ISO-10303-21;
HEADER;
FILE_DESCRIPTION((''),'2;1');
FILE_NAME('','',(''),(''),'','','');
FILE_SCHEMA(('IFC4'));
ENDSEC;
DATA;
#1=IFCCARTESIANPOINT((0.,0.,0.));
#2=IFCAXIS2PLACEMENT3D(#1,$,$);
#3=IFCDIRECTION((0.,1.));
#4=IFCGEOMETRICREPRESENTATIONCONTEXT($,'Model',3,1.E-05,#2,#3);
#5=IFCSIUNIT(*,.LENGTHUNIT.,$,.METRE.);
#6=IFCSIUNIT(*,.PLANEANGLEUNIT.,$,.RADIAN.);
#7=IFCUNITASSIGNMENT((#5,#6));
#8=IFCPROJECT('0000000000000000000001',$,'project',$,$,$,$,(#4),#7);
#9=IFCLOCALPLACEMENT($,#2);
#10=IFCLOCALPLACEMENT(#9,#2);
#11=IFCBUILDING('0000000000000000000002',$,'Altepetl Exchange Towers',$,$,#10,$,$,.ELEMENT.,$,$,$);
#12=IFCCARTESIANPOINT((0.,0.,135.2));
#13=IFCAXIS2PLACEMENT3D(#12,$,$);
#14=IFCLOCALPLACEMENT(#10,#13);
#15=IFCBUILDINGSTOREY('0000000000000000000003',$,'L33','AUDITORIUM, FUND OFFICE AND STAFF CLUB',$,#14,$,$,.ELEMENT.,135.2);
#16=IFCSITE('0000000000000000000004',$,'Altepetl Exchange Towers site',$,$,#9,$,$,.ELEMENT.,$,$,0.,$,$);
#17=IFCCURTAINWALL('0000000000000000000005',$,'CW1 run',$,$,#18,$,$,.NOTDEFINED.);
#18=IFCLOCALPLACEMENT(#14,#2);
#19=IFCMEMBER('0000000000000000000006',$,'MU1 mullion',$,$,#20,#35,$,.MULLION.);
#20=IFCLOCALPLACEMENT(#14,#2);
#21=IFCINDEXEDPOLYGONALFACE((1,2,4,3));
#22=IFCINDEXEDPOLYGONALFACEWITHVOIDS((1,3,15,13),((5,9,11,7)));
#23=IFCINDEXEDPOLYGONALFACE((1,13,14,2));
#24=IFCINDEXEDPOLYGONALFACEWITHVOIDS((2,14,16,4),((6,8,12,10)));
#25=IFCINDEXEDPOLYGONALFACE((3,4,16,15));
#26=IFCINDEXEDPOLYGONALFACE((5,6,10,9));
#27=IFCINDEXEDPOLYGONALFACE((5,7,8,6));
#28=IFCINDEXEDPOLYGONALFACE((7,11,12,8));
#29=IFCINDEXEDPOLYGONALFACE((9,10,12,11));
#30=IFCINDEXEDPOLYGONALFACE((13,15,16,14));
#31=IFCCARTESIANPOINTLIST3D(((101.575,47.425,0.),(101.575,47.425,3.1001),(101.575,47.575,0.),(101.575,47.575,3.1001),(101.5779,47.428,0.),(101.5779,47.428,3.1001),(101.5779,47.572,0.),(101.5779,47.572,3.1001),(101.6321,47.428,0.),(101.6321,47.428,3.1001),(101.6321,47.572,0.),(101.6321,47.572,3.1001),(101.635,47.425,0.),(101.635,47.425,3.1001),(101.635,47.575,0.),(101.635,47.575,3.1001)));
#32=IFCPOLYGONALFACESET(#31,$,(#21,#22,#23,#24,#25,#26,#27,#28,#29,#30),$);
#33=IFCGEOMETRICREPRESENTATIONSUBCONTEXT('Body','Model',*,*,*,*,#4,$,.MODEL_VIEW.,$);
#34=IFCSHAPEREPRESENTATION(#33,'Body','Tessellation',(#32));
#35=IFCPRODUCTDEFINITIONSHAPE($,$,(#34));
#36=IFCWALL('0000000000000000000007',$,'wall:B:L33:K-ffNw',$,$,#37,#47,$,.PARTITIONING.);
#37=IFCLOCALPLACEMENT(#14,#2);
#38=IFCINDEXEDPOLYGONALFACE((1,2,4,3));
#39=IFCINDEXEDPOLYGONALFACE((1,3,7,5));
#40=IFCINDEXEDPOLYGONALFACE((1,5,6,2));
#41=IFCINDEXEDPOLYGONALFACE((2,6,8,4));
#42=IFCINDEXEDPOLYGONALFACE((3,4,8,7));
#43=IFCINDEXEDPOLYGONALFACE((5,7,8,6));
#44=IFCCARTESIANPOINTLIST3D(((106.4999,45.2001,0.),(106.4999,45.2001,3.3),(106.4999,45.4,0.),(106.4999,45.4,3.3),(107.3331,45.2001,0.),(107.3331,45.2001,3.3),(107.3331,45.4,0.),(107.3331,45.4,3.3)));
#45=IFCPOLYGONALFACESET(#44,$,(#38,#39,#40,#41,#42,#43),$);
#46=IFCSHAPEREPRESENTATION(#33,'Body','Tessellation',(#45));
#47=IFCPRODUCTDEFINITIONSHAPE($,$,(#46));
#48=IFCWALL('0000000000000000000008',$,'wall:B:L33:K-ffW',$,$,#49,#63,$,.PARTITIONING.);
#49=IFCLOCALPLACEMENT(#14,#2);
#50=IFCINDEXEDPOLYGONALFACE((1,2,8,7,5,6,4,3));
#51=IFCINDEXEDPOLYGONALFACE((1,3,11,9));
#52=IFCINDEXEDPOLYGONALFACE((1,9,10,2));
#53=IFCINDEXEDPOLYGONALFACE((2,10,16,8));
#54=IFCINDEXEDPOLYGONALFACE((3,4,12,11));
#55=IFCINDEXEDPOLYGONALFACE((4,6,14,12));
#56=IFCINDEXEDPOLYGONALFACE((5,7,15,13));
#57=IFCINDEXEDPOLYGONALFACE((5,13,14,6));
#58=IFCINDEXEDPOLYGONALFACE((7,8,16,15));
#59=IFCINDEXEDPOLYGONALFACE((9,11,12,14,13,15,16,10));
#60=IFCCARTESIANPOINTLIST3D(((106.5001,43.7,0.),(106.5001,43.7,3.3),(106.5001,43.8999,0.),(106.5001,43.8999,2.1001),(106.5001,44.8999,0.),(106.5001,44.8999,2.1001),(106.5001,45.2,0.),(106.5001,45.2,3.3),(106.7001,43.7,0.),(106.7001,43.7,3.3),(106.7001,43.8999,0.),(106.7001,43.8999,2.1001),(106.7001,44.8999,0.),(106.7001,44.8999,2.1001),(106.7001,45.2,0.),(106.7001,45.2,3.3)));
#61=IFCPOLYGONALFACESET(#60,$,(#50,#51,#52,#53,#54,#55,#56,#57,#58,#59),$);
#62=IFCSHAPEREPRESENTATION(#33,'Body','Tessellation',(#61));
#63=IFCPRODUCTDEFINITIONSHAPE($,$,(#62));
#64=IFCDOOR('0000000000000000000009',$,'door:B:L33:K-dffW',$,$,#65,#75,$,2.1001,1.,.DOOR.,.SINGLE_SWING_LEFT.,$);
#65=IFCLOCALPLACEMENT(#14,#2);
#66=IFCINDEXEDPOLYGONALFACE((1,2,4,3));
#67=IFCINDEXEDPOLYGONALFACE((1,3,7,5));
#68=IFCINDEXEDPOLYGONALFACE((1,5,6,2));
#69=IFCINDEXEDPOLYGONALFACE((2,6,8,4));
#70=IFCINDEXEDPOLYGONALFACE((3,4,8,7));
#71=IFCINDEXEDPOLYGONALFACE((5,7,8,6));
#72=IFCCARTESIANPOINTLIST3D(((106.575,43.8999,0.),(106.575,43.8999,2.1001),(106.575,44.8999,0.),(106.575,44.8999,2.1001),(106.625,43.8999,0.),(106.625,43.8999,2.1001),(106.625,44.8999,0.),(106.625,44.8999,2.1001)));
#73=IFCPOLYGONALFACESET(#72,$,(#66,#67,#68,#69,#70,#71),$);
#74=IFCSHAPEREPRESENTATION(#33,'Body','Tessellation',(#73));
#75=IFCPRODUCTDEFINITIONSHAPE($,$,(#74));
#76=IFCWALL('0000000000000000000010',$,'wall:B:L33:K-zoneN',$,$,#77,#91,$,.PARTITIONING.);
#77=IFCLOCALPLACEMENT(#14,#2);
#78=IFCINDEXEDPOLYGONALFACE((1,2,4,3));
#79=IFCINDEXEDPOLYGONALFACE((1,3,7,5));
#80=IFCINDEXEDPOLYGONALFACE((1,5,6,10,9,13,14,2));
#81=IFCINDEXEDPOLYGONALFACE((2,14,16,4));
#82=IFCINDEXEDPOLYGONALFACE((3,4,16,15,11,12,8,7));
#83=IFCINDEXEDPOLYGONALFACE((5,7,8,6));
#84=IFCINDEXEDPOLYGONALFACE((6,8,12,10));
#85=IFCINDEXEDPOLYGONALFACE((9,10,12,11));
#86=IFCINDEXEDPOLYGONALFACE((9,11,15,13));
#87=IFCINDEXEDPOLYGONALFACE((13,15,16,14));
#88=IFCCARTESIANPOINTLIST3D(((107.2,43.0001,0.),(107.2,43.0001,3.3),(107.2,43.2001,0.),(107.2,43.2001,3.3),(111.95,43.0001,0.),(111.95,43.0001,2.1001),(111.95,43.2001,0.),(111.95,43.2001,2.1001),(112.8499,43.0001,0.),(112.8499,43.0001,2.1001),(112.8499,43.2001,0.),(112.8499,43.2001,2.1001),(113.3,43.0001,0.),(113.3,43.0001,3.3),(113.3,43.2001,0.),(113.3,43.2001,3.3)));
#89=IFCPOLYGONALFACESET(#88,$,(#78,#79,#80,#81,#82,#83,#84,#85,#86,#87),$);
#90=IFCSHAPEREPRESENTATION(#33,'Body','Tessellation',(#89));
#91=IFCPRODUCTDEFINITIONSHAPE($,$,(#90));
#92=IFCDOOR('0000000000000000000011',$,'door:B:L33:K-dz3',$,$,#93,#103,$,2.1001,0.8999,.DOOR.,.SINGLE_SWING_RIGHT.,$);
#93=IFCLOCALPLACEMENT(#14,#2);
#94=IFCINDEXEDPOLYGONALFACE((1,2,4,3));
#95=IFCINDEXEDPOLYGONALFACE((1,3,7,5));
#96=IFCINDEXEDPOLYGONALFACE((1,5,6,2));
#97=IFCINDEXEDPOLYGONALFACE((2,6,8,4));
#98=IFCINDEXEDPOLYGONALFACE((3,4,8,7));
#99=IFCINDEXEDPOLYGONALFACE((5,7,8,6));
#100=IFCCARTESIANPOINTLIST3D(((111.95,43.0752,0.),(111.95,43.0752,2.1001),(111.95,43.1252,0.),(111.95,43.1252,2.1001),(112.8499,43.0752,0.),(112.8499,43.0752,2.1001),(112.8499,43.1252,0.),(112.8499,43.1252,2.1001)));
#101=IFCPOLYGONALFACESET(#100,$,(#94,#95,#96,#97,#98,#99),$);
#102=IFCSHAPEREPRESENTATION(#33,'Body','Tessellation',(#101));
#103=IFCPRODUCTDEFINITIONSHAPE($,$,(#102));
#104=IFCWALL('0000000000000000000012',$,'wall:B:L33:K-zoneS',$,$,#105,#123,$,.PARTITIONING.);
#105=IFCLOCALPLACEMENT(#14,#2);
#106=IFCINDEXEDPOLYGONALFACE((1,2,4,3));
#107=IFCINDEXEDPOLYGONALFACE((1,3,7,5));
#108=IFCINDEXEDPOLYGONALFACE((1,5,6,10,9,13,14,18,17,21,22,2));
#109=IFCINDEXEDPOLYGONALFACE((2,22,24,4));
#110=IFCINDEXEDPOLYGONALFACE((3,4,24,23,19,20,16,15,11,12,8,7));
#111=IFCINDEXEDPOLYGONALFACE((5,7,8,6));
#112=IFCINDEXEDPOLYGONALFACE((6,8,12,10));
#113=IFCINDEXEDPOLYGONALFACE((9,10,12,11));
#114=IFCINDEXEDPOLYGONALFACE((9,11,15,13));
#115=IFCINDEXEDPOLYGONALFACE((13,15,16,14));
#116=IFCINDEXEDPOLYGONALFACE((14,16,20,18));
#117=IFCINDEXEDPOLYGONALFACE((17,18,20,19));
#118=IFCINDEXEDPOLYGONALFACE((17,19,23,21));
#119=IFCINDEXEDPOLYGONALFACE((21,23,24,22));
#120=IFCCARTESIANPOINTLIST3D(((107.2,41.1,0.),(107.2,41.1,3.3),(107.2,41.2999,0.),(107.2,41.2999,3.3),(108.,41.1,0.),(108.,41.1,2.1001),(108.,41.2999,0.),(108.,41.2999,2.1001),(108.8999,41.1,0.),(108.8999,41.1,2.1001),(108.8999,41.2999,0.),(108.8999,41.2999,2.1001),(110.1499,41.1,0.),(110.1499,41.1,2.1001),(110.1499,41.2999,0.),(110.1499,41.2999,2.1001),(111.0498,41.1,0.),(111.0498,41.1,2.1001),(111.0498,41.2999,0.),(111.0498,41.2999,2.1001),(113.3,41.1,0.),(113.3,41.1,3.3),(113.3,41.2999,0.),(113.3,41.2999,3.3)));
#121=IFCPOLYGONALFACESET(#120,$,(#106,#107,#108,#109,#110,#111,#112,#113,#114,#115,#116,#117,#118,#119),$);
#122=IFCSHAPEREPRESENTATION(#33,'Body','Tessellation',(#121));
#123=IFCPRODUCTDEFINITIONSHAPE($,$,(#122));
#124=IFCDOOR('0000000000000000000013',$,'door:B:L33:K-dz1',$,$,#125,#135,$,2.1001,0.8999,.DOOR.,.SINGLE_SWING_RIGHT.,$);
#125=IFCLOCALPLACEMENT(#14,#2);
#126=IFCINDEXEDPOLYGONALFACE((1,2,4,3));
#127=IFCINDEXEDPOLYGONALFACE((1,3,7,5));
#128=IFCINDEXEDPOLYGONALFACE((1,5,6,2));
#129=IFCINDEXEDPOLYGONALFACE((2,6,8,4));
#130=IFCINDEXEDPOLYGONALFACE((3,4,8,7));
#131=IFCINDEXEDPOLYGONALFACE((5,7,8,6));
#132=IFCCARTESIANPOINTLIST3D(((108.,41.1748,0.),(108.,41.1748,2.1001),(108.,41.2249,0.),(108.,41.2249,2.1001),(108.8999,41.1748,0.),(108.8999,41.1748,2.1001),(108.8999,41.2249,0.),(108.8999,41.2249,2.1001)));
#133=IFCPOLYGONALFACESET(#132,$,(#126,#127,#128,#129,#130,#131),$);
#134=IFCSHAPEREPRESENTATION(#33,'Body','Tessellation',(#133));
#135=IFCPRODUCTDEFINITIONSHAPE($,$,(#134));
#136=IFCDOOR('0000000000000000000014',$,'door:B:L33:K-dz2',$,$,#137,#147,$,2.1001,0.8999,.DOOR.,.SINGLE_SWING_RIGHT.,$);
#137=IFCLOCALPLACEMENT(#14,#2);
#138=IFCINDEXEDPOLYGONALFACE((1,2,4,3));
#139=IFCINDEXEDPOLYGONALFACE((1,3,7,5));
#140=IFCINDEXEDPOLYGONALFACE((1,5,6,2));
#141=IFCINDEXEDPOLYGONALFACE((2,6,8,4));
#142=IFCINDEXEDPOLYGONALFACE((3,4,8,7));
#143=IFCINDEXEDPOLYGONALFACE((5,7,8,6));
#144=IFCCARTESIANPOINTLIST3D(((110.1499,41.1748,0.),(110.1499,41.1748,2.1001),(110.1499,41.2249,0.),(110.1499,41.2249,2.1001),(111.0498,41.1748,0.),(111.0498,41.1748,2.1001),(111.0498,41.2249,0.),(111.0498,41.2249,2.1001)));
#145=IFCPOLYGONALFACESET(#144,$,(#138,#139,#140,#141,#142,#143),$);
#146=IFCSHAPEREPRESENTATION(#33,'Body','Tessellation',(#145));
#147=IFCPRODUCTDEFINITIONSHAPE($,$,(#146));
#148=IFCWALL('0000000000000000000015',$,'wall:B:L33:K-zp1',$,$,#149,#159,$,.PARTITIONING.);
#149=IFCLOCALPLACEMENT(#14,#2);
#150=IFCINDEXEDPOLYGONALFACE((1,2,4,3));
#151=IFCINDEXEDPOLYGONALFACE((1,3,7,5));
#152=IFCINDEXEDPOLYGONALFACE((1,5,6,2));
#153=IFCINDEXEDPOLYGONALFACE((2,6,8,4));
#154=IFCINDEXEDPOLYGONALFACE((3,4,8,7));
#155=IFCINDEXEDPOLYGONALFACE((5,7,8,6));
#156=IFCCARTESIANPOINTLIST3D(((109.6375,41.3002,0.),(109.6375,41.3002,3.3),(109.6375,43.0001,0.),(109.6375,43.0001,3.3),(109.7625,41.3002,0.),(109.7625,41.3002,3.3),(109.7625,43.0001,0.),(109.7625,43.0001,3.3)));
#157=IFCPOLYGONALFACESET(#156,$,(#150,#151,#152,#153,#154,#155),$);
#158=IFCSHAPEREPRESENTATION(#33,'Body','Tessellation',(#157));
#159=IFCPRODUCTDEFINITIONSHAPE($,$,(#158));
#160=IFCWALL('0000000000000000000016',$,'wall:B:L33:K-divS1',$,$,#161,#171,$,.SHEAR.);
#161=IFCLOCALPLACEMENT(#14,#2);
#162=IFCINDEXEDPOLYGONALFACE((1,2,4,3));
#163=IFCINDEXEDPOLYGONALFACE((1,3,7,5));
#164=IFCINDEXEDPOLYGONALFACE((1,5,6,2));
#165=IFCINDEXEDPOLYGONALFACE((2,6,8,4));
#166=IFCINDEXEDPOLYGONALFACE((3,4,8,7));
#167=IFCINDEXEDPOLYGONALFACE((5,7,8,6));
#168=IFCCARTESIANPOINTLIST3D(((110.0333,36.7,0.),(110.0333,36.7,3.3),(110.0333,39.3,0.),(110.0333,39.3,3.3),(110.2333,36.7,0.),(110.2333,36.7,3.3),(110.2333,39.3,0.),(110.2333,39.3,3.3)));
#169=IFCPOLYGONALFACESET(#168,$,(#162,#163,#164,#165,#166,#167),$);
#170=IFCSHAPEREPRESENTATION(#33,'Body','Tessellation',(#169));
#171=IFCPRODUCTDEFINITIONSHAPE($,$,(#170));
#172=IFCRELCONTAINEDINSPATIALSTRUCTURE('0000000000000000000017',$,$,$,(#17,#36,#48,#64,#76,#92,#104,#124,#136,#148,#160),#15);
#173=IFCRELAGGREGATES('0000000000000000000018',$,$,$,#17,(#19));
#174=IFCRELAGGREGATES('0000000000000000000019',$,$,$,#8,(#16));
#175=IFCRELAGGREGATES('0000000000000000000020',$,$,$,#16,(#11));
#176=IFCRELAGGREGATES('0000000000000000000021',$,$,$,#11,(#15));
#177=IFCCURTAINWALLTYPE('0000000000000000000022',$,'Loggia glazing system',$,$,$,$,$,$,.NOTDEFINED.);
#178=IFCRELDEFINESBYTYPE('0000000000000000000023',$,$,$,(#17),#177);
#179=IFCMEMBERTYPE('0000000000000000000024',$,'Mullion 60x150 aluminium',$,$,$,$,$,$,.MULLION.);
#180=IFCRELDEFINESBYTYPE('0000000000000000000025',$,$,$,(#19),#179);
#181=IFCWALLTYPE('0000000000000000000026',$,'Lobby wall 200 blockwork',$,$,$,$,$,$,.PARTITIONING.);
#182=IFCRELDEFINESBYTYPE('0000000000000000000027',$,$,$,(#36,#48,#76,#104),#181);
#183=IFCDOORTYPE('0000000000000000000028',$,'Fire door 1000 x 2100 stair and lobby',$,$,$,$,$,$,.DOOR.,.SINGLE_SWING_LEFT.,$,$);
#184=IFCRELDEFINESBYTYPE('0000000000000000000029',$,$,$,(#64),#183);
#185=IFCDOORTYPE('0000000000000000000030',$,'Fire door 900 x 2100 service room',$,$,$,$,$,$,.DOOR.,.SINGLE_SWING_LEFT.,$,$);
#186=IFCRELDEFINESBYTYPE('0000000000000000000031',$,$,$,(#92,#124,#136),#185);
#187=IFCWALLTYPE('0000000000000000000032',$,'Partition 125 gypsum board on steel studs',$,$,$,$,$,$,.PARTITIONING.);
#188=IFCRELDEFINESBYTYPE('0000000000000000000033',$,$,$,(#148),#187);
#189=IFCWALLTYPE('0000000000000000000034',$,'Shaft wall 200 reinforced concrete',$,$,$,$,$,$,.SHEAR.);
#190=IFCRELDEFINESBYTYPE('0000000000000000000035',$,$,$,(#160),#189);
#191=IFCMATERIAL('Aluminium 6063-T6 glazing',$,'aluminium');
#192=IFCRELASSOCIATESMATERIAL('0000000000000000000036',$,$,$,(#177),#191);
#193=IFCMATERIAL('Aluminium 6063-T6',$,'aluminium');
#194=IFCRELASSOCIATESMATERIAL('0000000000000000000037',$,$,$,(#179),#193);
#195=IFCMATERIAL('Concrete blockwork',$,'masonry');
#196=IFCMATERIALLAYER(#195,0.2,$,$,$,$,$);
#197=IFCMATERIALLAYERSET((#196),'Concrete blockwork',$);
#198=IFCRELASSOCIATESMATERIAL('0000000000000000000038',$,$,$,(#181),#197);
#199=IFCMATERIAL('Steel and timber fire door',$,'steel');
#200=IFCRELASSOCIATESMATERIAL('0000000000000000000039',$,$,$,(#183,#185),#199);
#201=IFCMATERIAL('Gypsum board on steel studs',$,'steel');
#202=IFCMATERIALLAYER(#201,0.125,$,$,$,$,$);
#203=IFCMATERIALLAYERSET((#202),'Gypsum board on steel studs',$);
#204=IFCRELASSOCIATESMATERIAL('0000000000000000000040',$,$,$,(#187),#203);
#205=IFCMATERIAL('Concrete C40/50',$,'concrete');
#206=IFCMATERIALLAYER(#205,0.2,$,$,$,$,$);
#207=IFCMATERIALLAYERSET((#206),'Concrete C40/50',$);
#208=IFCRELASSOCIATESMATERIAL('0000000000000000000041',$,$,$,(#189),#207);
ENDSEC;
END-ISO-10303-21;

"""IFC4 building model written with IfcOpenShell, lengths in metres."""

from ifc_helpers import new_model, si_unit, direction, frame, frame_2d, origin, origin_2d, place, context, subcontext, project, spatial, rectangle, hollow_rectangle, extrude, material, layer, layer_set, material_profile, profile_set, type_object, element, fill, aggregate, save


model = new_model("IFC4")

# Units and contexts
model_context = context("Model", 3, precision=1e-05, world=origin(), true_north=direction((0.0, 1.0)))
body_context = subcontext(model_context, "Body", "Model", "MODEL_VIEW")
ifc_project = project(units=[si_unit("LENGTHUNIT", "METRE"), si_unit("PLANEANGLEUNIT", "RADIAN")], contexts=[model_context])

# Site, building, storey
site_placement = place(None, origin())
site = spatial("IfcSite", under=ifc_project, at=site_placement, Name="Altepetl Exchange Towers site", CompositionType="ELEMENT", RefElevation=0.0)
building_placement = place(site_placement, origin())
building = spatial("IfcBuilding", under=site, at=building_placement, Name="Altepetl Exchange Towers", CompositionType="ELEMENT")
storey_placement = place(building_placement, frame((0.0, 0.0, 135.2)))
storey = spatial("IfcBuildingStorey", under=building, at=storey_placement, Name="L33", Description="AUDITORIUM, FUND OFFICE AND STAFF CLUB", CompositionType="ELEMENT", Elevation=135.2)

# Curtain wall, member
ifc_material_1 = material(Name="Aluminium 6063-T6 glazing", Category="aluminium")
curtain_wall_type = type_object("IfcCurtainWallType", Name="Loggia glazing system", PredefinedType="NOTDEFINED", material=ifc_material_1)
curtain_wall_placement = place(storey_placement, origin())
curtain_wall = element("IfcCurtainWall", 1, at=curtain_wall_placement, inside=storey, type_object=curtain_wall_type, Name="CW1 run", PredefinedType="NOTDEFINED")
ifc_material_2 = material(Name="Aluminium 6063-T6", Category="aluminium")
ifc_material_profile = material_profile(ifc_material_2, hollow_rectangle(XDim=0.0601, YDim=0.1499, WallThickness=0.0029, at=origin_2d()), Name="Mullion 60x150 aluminium")
ifc_profile_set = profile_set([ifc_material_profile], Name="Aluminium 6063-T6")
member_type = type_object("IfcMemberType", Name="Mullion 60x150 aluminium", PredefinedType="MULLION", material=ifc_profile_set)
member_placement = place(storey_placement, frame((101.605, 47.5, 0.0), z_axis=(0.0, 0.0, 1.0), x_axis=(-1.0, 0.0, 0.0)))
member = element("IfcMember", 2, at=member_placement, type_object=member_type, Name="MU1 mullion", PredefinedType="MULLION", context=body_context, shape_type="SweptSolid", body=[
    extrude(hollow_rectangle(XDim=0.0601, YDim=0.1499, WallThickness=0.0029, at=origin_2d()), origin(), (0.0, 0.0, 1.0), 3.1001),
])
aggregate(curtain_wall, [member])

# Wall
ifc_material_3 = material(Name="Concrete blockwork", Category="masonry")
ifc_layer_1 = layer(ifc_material_3, 0.2)
ifc_layer_set_1 = layer_set([ifc_layer_1], Name="Concrete blockwork")
wall_type_1 = type_object("IfcWallType", Name="Lobby wall 200 blockwork", PredefinedType="PARTITIONING", material=ifc_layer_set_1)
wall_1_placement = place(storey_placement, frame((106.5, 45.3, 0.0)))
element("IfcWall", 3, at=wall_1_placement, inside=storey, type_object=wall_type_1, Name="wall:B:L33:K-ffNw", PredefinedType="PARTITIONING", context=body_context, shape_type="SweptSolid", body=[
    extrude(rectangle(XDim=0.8333, YDim=0.2, at=frame_2d((0.4165, 0.0))), origin(), (0.0, 0.0, 1.0), 3.3),
])

# Walls, openings, doors
wall_2_placement = place(storey_placement, frame((106.6001, 43.7, 0.0), z_axis=(0.0, 0.0, 1.0), x_axis=(0.0, 1.0, 0.0)))
wall_2 = element("IfcWall", 4, at=wall_2_placement, inside=storey, type_object=wall_type_1, Name="wall:B:L33:K-ffW", PredefinedType="PARTITIONING", context=body_context, shape_type="SweptSolid", body=[
    extrude(rectangle(XDim=1.5, YDim=0.2, at=frame_2d((0.75, 0.0))), origin(), (0.0, 0.0, 1.0), 3.3),
])
opening_1_placement = place(wall_2_placement, frame((0.2, 0.0, 0.0)))
opening_1 = element("IfcOpeningElement", 5, at=opening_1_placement, cuts=wall_2, PredefinedType="OPENING", context=body_context, shape_type="SweptSolid", body=[
    extrude(rectangle(XDim=1.0, YDim=2.1001, at=frame_2d((0.5, 1.05))), frame((0.0, 0.1099, 0.0), z_axis=(0.0, -1.0, 0.0), x_axis=(1.0, 0.0, 0.0)), (0.0, 0.0, 1.0), 0.22),
])
ifc_material_4 = material(Name="Steel and timber fire door", Category="steel")
door_type_1 = type_object("IfcDoorType", Name="Fire door 1000 x 2100 stair and lobby", OperationType="SINGLE_SWING_LEFT", PredefinedType="DOOR", material=ifc_material_4)
door_1_placement = place(opening_1_placement, frame((1.0, 0.0, 0.0), x_axis=(-1.0, 0.0, 0.0)))
door_1 = element("IfcDoor", 6, at=door_1_placement, inside=storey, type_object=door_type_1, Name="door:B:L33:K-dffW", OperationType="SINGLE_SWING_LEFT", OverallHeight=2.1001, OverallWidth=1.0, PredefinedType="DOOR", context=body_context, shape_type="SweptSolid", body=[
    extrude(rectangle(XDim=1.0, YDim=2.1001, at=frame_2d((0.5, 1.05))), frame((0.0, 0.0249, 0.0), z_axis=(0.0, -1.0, 0.0), x_axis=(1.0, 0.0, 0.0)), (0.0, 0.0, 1.0), 0.05),
])
fill(opening_1, door_1)
wall_3_placement = place(storey_placement, frame((107.2, 43.1001, 0.0)))
wall_3 = element("IfcWall", 7, at=wall_3_placement, inside=storey, type_object=wall_type_1, Name="wall:B:L33:K-zoneN", PredefinedType="PARTITIONING", context=body_context, shape_type="SweptSolid", body=[
    extrude(rectangle(XDim=6.1001, YDim=0.2, at=frame_2d((3.05, 0.0))), origin(), (0.0, 0.0, 1.0), 3.3),
])
opening_2_placement = place(wall_3_placement, frame((4.75, 0.0, 0.0)))
opening_2 = element("IfcOpeningElement", 8, at=opening_2_placement, cuts=wall_3, PredefinedType="OPENING", context=body_context, shape_type="SweptSolid", body=[
    extrude(rectangle(XDim=0.8999, YDim=2.1001, at=frame_2d((0.45, 1.05))), frame((0.0, 0.1099, 0.0), z_axis=(0.0, -1.0, 0.0), x_axis=(1.0, 0.0, 0.0)), (0.0, 0.0, 1.0), 0.22),
])
door_type_2 = type_object("IfcDoorType", Name="Fire door 900 x 2100 service room", OperationType="SINGLE_SWING_LEFT", PredefinedType="DOOR", material=ifc_material_4)
door_2_placement = place(opening_2_placement, frame((0.8999, 0.0, 0.0), x_axis=(-1.0, 0.0, 0.0)))
door_2 = element("IfcDoor", 9, at=door_2_placement, inside=storey, type_object=door_type_2, Name="door:B:L33:K-dz3", OperationType="SINGLE_SWING_RIGHT", OverallHeight=2.1001, OverallWidth=0.8999, PredefinedType="DOOR", context=body_context, shape_type="SweptSolid", body=[
    extrude(rectangle(XDim=0.8999, YDim=2.1001, at=frame_2d((0.45, 1.05))), frame((0.0, 0.0249, 0.0), z_axis=(0.0, -1.0, 0.0), x_axis=(1.0, 0.0, 0.0)), (0.0, 0.0, 1.0), 0.05),
])
fill(opening_2, door_2)

# Wall, openings, doors
wall_4_placement = place(storey_placement, frame((107.2, 41.2, 0.0)))
wall_4 = element("IfcWall", 10, at=wall_4_placement, inside=storey, type_object=wall_type_1, Name="wall:B:L33:K-zoneS", PredefinedType="PARTITIONING", context=body_context, shape_type="SweptSolid", body=[
    extrude(rectangle(XDim=6.1001, YDim=0.2, at=frame_2d((3.05, 0.0))), origin(), (0.0, 0.0, 1.0), 3.3),
])
opening_3_placement = place(wall_4_placement, frame((0.8, 0.0, 0.0)))
opening_3 = element("IfcOpeningElement", 11, at=opening_3_placement, cuts=wall_4, PredefinedType="OPENING", context=body_context, shape_type="SweptSolid", body=[
    extrude(rectangle(XDim=0.8999, YDim=2.1001, at=frame_2d((0.45, 1.05))), frame((0.0, 0.1099, 0.0), z_axis=(0.0, -1.0, 0.0), x_axis=(1.0, 0.0, 0.0)), (0.0, 0.0, 1.0), 0.22),
])
opening_4_placement = place(wall_4_placement, frame((2.95, 0.0, 0.0)))
opening_4 = element("IfcOpeningElement", 12, at=opening_4_placement, cuts=wall_4, PredefinedType="OPENING", context=body_context, shape_type="SweptSolid", body=[
    extrude(rectangle(XDim=0.8999, YDim=2.1001, at=frame_2d((0.45, 1.05))), frame((0.0, 0.1099, 0.0), z_axis=(0.0, -1.0, 0.0), x_axis=(1.0, 0.0, 0.0)), (0.0, 0.0, 1.0), 0.22),
])
door_3_placement = place(opening_3_placement, origin())
door_3 = element("IfcDoor", 13, at=door_3_placement, inside=storey, type_object=door_type_2, Name="door:B:L33:K-dz1", OperationType="SINGLE_SWING_RIGHT", OverallHeight=2.1001, OverallWidth=0.8999, PredefinedType="DOOR", context=body_context, shape_type="SweptSolid", body=[
    extrude(rectangle(XDim=0.8999, YDim=2.1001, at=frame_2d((0.45, 1.05))), frame((0.0, 0.0249, 0.0), z_axis=(0.0, -1.0, 0.0), x_axis=(1.0, 0.0, 0.0)), (0.0, 0.0, 1.0), 0.05),
])
fill(opening_3, door_3)
door_4_placement = place(opening_4_placement, origin())
door_4 = element("IfcDoor", 14, at=door_4_placement, inside=storey, type_object=door_type_2, Name="door:B:L33:K-dz2", OperationType="SINGLE_SWING_RIGHT", OverallHeight=2.1001, OverallWidth=0.8999, PredefinedType="DOOR", context=body_context, shape_type="SweptSolid", body=[
    extrude(rectangle(XDim=0.8999, YDim=2.1001, at=frame_2d((0.45, 1.05))), frame((0.0, 0.0249, 0.0), z_axis=(0.0, -1.0, 0.0), x_axis=(1.0, 0.0, 0.0)), (0.0, 0.0, 1.0), 0.05),
])
fill(opening_4, door_4)

# Walls
ifc_material_5 = material(Name="Gypsum board on steel studs", Category="steel")
ifc_layer_2 = layer(ifc_material_5, 0.125)
ifc_layer_set_2 = layer_set([ifc_layer_2], Name="Gypsum board on steel studs")
wall_type_2 = type_object("IfcWallType", Name="Partition 125 gypsum board on steel studs", PredefinedType="PARTITIONING", material=ifc_layer_set_2)
wall_5_placement = place(storey_placement, frame((109.7, 41.3, 0.0), z_axis=(0.0, 0.0, 1.0), x_axis=(0.0, 1.0, 0.0)))
element("IfcWall", 15, at=wall_5_placement, inside=storey, type_object=wall_type_2, Name="wall:B:L33:K-zp1", PredefinedType="PARTITIONING", context=body_context, shape_type="SweptSolid", body=[
    extrude(rectangle(XDim=1.7, YDim=0.125, at=frame_2d((0.8501, 0.0))), origin(), (0.0, 0.0, 1.0), 3.3),
])
ifc_material_6 = material(Name="Concrete C40/50", Category="concrete")
ifc_layer_3 = layer(ifc_material_6, 0.2)
ifc_layer_set_3 = layer_set([ifc_layer_3], Name="Concrete C40/50")
wall_type_3 = type_object("IfcWallType", Name="Shaft wall 200 reinforced concrete", PredefinedType="SHEAR", material=ifc_layer_set_3)
wall_6_placement = place(storey_placement, frame((110.1333, 36.7, 0.0), z_axis=(0.0, 0.0, 1.0), x_axis=(0.0, 1.0, 0.0)))
element("IfcWall", 16, at=wall_6_placement, inside=storey, type_object=wall_type_3, Name="wall:B:L33:K-divS1", PredefinedType="SHEAR", context=body_context, shape_type="SweptSolid", body=[
    extrude(rectangle(XDim=2.6001, YDim=0.2, at=frame_2d((1.3, 0.0))), origin(), (0.0, 0.0, 1.0), 3.3),
])

save(model, "model.ifc")
